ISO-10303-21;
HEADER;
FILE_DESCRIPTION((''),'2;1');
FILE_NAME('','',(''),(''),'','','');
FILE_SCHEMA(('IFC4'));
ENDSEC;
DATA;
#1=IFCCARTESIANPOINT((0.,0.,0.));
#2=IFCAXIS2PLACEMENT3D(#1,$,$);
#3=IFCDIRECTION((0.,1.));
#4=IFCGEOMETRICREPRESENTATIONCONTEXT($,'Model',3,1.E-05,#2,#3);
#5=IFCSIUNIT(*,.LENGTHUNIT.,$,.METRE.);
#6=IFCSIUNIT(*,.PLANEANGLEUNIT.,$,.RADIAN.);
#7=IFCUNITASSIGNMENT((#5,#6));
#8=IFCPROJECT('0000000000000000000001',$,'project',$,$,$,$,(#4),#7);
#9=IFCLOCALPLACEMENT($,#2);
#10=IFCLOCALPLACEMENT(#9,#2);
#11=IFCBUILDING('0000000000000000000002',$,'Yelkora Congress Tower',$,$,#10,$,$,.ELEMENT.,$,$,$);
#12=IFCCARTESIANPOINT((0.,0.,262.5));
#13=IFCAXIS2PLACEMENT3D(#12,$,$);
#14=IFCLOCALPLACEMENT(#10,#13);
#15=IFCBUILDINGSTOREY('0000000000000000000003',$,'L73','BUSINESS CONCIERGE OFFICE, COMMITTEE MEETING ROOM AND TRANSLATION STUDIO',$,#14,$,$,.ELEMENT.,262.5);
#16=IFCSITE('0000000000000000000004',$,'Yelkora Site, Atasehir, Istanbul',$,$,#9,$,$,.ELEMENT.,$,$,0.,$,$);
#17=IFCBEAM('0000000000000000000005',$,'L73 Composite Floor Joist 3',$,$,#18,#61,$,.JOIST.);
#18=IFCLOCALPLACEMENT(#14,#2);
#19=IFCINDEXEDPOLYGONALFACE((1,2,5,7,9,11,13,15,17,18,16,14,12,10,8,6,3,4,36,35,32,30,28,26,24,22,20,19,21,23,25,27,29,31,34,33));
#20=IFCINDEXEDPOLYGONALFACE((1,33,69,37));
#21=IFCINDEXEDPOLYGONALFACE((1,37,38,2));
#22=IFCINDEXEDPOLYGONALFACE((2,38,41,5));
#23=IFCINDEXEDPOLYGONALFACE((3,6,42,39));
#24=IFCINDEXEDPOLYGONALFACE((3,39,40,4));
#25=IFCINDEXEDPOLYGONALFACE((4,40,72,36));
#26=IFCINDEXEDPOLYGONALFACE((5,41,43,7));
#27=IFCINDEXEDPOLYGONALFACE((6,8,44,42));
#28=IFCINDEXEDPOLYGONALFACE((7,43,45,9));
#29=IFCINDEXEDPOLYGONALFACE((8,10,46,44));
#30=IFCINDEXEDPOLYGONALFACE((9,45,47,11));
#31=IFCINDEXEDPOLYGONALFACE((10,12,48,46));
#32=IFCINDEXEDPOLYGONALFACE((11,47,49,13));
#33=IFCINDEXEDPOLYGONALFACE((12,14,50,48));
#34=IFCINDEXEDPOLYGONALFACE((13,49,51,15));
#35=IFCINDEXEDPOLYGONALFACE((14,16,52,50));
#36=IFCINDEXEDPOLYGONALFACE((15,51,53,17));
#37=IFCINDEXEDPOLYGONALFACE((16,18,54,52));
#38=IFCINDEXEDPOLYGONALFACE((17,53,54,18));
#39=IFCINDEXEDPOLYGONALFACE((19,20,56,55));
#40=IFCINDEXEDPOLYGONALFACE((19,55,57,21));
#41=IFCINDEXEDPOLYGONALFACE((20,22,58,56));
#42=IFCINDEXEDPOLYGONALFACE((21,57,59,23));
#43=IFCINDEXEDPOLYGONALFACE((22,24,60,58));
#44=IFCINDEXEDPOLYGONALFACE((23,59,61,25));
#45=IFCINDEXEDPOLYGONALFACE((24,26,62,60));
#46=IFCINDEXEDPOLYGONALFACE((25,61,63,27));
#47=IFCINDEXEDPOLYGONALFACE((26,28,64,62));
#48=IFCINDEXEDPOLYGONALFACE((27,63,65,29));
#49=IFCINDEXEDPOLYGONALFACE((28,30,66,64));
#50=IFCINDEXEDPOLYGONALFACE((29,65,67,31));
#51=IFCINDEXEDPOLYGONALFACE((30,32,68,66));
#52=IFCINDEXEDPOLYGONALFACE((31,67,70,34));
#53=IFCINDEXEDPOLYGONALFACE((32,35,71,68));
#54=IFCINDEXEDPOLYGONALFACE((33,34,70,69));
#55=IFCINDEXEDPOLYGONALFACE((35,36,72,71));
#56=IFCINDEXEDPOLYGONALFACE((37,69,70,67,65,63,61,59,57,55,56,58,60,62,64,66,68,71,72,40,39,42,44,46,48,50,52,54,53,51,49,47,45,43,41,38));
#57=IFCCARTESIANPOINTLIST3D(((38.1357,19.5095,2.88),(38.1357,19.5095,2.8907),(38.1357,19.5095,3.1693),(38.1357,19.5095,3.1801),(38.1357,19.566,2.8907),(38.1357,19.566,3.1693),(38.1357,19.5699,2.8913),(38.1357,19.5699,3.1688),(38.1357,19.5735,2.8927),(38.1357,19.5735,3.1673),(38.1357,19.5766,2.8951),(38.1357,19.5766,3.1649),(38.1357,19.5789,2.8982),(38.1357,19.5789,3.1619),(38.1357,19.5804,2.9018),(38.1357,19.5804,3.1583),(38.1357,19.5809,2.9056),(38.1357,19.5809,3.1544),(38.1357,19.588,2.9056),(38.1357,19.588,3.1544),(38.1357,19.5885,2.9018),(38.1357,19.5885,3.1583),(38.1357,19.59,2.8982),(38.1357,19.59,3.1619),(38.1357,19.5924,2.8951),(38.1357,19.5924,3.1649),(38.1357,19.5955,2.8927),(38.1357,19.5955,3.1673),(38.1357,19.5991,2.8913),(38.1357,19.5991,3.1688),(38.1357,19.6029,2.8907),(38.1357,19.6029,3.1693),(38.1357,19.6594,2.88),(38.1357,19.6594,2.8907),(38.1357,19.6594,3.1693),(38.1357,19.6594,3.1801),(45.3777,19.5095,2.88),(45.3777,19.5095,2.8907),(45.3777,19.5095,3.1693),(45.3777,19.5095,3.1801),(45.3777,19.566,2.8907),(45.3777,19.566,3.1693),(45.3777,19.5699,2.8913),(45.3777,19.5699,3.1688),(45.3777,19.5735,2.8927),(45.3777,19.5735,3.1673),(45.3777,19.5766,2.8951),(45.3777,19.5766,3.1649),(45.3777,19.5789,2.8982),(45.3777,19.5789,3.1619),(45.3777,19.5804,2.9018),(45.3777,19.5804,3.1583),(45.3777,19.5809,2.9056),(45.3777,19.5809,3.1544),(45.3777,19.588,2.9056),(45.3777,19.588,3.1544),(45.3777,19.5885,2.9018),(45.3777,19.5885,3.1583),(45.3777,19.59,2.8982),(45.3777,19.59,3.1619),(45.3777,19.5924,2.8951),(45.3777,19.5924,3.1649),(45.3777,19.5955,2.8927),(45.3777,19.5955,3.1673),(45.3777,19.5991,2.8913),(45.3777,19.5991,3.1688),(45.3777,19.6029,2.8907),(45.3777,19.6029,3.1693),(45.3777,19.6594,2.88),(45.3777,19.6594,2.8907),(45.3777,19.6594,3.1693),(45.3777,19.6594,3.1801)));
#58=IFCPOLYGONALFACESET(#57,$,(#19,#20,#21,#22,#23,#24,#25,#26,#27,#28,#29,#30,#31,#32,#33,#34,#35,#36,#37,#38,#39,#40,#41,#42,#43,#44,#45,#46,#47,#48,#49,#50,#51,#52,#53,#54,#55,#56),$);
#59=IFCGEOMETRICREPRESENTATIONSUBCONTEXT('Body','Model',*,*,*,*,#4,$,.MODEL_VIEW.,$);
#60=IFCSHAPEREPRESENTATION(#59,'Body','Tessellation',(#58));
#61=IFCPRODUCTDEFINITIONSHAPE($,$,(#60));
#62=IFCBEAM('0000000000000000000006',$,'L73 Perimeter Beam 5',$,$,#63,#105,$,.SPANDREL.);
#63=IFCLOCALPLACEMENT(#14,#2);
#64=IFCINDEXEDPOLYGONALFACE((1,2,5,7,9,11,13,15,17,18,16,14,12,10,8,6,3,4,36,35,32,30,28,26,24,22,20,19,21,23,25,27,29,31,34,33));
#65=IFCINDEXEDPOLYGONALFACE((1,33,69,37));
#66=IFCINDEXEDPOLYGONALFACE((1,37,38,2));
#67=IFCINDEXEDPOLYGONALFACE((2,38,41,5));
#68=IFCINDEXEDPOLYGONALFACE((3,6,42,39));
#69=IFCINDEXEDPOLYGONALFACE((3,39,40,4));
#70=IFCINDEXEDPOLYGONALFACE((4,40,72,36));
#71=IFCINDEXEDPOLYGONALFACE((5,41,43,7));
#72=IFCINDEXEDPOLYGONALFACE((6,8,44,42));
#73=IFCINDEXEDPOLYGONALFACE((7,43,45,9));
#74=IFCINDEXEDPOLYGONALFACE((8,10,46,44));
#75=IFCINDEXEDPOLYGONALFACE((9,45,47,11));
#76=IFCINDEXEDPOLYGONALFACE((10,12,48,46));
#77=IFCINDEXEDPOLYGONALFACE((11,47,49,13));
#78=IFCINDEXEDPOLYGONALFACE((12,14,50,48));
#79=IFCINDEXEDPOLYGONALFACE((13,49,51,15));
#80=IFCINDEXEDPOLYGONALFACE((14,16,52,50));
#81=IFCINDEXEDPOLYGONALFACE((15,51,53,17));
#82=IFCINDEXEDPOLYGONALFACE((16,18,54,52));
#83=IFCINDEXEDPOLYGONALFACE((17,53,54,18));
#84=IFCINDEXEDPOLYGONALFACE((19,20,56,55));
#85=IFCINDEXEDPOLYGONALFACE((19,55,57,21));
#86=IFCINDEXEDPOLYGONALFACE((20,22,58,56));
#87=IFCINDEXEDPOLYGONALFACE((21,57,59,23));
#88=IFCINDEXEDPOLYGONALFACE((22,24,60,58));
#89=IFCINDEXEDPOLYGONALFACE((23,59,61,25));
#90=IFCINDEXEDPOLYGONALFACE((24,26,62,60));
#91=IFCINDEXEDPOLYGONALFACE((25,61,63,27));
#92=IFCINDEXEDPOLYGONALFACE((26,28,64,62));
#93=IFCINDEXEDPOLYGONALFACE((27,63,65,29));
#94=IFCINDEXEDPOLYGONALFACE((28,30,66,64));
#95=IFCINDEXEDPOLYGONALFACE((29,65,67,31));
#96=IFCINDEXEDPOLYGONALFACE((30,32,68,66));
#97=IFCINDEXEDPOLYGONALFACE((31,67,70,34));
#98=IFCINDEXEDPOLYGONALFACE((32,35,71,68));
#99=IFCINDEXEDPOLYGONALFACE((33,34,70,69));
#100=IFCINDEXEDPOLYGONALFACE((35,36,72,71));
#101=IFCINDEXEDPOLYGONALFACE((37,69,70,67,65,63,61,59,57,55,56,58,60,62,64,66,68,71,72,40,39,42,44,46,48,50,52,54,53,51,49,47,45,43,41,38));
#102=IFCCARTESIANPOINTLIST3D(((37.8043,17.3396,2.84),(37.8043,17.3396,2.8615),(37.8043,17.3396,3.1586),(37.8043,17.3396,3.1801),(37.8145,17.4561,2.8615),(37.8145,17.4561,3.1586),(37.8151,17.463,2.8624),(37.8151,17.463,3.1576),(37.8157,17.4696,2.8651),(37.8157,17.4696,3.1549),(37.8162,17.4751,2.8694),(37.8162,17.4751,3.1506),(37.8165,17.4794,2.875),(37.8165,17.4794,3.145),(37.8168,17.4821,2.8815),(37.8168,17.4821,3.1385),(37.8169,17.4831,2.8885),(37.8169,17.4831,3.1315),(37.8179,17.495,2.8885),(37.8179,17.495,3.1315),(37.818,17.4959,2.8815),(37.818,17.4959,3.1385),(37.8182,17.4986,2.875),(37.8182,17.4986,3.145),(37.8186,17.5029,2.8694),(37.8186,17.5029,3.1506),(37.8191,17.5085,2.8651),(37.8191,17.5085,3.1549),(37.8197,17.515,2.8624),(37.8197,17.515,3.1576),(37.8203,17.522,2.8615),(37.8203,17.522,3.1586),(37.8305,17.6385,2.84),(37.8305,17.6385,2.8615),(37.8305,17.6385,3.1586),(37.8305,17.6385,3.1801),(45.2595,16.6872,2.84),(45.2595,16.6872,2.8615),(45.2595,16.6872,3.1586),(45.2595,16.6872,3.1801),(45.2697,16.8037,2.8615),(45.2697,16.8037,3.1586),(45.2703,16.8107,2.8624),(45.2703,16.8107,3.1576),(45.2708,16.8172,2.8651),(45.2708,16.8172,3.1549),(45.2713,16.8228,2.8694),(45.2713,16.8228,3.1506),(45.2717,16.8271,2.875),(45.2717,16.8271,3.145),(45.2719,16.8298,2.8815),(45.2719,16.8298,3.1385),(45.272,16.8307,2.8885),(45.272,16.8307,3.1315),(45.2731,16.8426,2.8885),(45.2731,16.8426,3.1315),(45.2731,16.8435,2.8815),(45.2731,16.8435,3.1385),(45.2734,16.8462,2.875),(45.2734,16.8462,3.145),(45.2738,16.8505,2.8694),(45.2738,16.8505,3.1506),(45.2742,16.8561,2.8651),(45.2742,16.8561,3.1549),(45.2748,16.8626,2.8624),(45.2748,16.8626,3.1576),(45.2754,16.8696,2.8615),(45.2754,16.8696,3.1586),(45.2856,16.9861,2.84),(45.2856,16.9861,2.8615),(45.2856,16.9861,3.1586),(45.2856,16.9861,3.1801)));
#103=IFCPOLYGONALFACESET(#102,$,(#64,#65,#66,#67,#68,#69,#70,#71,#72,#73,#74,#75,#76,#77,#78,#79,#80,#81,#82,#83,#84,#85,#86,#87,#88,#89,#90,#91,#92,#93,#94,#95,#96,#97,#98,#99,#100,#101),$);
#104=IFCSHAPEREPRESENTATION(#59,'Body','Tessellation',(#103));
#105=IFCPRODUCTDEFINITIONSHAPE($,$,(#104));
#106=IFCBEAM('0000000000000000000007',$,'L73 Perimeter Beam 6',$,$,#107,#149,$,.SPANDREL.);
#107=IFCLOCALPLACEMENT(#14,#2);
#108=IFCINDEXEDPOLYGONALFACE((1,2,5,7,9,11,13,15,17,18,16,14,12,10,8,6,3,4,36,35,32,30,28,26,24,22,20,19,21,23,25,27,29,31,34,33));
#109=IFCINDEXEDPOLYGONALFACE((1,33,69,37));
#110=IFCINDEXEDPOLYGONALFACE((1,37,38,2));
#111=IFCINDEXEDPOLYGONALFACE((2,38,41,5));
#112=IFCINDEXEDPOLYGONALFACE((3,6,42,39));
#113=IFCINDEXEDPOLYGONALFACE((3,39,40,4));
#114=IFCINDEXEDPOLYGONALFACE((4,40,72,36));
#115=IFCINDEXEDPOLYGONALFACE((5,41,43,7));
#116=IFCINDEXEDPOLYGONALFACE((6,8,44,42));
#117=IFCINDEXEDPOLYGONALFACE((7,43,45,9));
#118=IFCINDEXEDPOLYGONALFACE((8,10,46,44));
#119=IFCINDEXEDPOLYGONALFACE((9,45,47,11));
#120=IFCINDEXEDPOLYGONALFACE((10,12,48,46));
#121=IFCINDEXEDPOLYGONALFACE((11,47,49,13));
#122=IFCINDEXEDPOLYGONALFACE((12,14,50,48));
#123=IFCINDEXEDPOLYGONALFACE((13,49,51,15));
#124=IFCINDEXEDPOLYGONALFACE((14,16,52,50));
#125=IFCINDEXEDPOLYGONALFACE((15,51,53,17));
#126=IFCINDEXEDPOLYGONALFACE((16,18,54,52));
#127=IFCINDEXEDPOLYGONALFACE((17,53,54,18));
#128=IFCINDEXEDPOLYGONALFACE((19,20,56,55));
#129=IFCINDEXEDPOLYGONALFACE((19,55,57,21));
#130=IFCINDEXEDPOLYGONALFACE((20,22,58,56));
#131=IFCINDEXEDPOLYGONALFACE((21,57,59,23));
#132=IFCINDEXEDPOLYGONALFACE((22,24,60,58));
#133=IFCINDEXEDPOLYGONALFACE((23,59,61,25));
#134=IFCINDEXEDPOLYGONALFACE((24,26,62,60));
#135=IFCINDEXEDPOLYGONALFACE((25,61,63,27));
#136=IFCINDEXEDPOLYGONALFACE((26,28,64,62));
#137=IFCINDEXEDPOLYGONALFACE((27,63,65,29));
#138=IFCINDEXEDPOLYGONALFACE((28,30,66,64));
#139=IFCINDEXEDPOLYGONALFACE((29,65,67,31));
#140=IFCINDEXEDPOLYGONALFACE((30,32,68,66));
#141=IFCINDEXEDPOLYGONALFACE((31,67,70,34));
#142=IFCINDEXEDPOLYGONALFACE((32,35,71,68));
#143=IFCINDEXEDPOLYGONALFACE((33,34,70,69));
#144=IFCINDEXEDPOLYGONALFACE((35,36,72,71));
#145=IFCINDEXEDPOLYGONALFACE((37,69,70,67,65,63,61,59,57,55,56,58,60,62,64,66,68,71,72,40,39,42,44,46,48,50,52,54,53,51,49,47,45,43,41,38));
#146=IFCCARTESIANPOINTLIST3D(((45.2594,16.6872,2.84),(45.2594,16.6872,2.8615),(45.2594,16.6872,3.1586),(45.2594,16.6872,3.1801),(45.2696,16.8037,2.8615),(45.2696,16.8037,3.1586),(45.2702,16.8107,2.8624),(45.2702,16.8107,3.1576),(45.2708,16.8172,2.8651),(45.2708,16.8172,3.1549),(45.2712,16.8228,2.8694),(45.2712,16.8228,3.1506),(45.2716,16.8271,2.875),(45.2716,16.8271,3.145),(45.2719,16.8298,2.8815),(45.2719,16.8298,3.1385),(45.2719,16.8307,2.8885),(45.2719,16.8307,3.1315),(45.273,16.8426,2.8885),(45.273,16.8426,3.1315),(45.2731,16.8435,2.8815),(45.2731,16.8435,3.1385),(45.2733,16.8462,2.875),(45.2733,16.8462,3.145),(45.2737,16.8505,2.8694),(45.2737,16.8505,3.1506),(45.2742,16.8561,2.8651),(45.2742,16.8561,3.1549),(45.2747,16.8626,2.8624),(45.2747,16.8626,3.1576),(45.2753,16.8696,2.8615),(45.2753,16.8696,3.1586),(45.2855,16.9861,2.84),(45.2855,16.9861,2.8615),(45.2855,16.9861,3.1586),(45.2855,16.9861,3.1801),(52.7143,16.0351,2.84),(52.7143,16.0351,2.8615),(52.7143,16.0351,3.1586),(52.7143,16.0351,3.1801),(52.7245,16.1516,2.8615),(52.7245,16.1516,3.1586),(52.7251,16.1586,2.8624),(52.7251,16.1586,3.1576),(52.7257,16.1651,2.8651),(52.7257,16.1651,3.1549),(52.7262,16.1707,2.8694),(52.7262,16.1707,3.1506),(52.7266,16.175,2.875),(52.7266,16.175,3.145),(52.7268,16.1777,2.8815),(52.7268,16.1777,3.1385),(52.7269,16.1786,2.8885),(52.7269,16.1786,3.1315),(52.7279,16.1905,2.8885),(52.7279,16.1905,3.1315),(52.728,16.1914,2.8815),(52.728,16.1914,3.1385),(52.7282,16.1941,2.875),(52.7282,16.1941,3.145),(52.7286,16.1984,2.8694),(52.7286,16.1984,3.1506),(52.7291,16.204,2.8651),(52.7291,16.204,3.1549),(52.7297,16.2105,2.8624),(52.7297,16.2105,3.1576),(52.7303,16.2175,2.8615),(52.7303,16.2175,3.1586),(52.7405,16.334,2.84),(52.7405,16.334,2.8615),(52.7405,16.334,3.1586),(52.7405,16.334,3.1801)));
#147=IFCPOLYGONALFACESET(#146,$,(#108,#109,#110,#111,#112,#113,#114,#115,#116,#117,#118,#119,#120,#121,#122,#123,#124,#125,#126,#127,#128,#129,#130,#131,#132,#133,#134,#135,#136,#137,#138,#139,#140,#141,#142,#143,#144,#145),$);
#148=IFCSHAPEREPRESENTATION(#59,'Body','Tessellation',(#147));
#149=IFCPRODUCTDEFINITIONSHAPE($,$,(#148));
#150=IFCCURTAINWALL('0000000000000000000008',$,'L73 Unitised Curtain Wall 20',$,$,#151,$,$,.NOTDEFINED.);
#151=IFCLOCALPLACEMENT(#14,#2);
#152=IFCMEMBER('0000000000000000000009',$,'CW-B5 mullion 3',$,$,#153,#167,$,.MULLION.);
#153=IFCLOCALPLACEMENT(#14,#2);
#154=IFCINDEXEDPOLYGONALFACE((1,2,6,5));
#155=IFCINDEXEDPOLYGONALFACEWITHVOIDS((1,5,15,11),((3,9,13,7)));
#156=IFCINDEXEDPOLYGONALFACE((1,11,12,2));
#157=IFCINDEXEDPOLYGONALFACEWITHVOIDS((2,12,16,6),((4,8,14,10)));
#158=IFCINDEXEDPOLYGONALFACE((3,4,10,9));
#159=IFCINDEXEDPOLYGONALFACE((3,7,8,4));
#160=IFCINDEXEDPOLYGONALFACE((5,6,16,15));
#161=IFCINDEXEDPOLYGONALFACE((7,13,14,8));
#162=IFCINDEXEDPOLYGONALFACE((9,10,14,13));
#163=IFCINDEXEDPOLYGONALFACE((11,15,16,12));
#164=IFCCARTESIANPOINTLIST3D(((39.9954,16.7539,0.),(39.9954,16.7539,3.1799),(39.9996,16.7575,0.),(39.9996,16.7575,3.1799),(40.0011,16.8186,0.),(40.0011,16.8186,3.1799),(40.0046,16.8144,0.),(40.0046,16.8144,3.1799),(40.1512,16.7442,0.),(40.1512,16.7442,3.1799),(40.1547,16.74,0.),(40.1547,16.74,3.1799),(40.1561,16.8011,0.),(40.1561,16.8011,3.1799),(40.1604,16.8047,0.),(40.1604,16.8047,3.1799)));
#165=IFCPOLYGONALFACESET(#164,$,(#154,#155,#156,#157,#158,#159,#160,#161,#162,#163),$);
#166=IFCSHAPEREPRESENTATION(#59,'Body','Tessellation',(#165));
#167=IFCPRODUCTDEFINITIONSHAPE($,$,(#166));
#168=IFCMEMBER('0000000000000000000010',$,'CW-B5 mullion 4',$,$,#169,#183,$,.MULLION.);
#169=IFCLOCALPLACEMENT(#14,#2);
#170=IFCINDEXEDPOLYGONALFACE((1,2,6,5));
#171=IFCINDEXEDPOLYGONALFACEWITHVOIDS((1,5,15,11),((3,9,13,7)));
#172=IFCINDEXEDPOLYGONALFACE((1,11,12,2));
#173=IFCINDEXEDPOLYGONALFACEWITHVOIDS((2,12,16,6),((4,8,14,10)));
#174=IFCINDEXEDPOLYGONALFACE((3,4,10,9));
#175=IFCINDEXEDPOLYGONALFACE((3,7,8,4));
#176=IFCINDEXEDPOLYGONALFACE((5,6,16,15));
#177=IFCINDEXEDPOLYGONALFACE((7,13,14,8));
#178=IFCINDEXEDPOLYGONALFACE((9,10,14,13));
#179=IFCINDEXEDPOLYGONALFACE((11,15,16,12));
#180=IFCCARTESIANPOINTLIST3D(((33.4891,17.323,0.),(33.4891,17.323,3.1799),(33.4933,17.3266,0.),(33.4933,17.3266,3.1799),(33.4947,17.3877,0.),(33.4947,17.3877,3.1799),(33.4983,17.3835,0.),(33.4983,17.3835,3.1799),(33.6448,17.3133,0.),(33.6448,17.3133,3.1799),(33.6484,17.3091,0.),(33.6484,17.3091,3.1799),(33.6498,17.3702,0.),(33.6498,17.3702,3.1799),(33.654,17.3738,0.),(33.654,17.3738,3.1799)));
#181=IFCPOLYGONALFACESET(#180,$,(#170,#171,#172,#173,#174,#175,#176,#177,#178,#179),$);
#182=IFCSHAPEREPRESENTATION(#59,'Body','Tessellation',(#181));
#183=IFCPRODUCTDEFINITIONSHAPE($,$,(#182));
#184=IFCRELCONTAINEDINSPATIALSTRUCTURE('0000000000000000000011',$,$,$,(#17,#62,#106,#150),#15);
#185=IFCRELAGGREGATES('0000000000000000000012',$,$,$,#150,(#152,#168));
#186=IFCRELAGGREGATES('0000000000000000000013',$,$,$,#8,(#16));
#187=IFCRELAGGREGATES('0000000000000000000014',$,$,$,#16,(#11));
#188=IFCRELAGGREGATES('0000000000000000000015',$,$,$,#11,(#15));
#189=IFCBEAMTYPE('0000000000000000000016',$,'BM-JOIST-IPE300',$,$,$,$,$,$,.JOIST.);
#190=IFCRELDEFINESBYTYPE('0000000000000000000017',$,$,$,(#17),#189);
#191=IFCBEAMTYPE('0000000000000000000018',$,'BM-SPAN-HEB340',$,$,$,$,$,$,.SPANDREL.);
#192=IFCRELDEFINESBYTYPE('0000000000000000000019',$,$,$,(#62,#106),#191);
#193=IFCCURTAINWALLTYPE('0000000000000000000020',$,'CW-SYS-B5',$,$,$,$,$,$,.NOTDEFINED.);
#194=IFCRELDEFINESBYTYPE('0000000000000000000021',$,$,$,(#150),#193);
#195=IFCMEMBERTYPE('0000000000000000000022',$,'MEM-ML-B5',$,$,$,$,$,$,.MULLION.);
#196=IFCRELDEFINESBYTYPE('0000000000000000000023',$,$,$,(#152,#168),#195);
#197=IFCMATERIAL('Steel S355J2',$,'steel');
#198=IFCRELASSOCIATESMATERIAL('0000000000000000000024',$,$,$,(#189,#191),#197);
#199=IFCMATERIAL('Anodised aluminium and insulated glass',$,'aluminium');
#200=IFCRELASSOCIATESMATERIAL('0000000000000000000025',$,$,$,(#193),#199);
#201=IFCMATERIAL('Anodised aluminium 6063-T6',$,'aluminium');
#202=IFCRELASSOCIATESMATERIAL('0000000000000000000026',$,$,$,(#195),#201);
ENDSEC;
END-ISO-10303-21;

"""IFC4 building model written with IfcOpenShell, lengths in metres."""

from ifc_helpers import new_model, si_unit, direction, frame, origin, origin_2d, place, context, subcontext, project, spatial, hollow_rectangle, i_section, extrude, material, material_profile, profile_set, type_object, element, aggregate, save


model = new_model("IFC4")

# Units and contexts
model_context = context("Model", 3, precision=1e-05, world=origin(), true_north=direction((0.0, 1.0)))
body_context = subcontext(model_context, "Body", "Model", "MODEL_VIEW")
ifc_project = project(units=[si_unit("LENGTHUNIT", "METRE"), si_unit("PLANEANGLEUNIT", "RADIAN")], contexts=[model_context])

# Site, building, storey
site_placement = place(None, origin())
site = spatial("IfcSite", under=ifc_project, at=site_placement, Name="Yelkora Site, Atasehir, Istanbul", CompositionType="ELEMENT", RefElevation=0.0)
building_placement = place(site_placement, origin())
building = spatial("IfcBuilding", under=site, at=building_placement, Name="Yelkora Congress Tower", CompositionType="ELEMENT")
storey_placement = place(building_placement, frame((0.0, 0.0, 262.5)))
storey = spatial("IfcBuildingStorey", under=building, at=storey_placement, Name="L73", Description="BUSINESS CONCIERGE OFFICE, COMMITTEE MEETING ROOM AND TRANSLATION STUDIO", CompositionType="ELEMENT", Elevation=262.5)

# Shared definitions
ifc_material_1 = material(Name="Steel S355J2", Category="steel")

# Beams
ifc_material_profile_1 = material_profile(ifc_material_1, i_section(OverallWidth=0.1499, OverallDepth=0.3, WebThickness=0.0071, FlangeThickness=0.0107, FilletRadius=0.0149, at=origin_2d()), Name="IPE 300")
ifc_profile_set_1 = profile_set([ifc_material_profile_1], Name="Steel S355J2")
beam_type_1 = type_object("IfcBeamType", Name="BM-JOIST-IPE300", PredefinedType="JOIST", material=ifc_profile_set_1)
beam_1_placement = place(storey_placement, frame((38.1357, 19.5845, 3.03), z_axis=(1.0, 0.0, 0.0), x_axis=(0.0, 1.0, 0.0)))
element("IfcBeam", 1, at=beam_1_placement, inside=storey, type_object=beam_type_1, Name="L73 Composite Floor Joist 3", PredefinedType="JOIST", context=body_context, shape_type="SweptSolid", body=[
    extrude(i_section(OverallWidth=0.1499, OverallDepth=0.3, WebThickness=0.0071, FlangeThickness=0.0107, FilletRadius=0.0149, at=origin_2d()), origin(), (0.0, 0.0, 1.0), 7.2419),
])
ifc_material_profile_2 = material_profile(ifc_material_1, i_section(OverallWidth=0.3, OverallDepth=0.3401, WebThickness=0.012, FlangeThickness=0.0215, FilletRadius=0.0271, at=origin_2d()), Name="HEB 340")
ifc_profile_set_2 = profile_set([ifc_material_profile_2], Name="Steel S355J2")
beam_type_2 = type_object("IfcBeamType", Name="BM-SPAN-HEB340", PredefinedType="SPANDREL", material=ifc_profile_set_2)
beam_2_placement = place(storey_placement, frame((37.8174, 17.489, 3.01), z_axis=(0.996193, -0.08717, 0.0), x_axis=(0.08717, 0.996193, 0.0)))
element("IfcBeam", 2, at=beam_2_placement, inside=storey, type_object=beam_type_2, Name="L73 Perimeter Beam 5", PredefinedType="SPANDREL", context=body_context, shape_type="SweptSolid", body=[
    extrude(i_section(OverallWidth=0.3, OverallDepth=0.3401, WebThickness=0.012, FlangeThickness=0.0215, FilletRadius=0.0271, at=origin_2d()), origin(), (0.0, 0.0, 1.0), 7.4836),
])
beam_3_placement = place(storey_placement, frame((45.2725, 16.8367, 3.01), z_axis=(0.996196, -0.087141, 0.0), x_axis=(0.087141, 0.996196, 0.0)))
element("IfcBeam", 3, at=beam_3_placement, inside=storey, type_object=beam_type_2, Name="L73 Perimeter Beam 6", PredefinedType="SPANDREL", context=body_context, shape_type="SweptSolid", body=[
    extrude(i_section(OverallWidth=0.3, OverallDepth=0.3401, WebThickness=0.012, FlangeThickness=0.0215, FilletRadius=0.0271, at=origin_2d()), origin(), (0.0, 0.0, 1.0), 7.4834),
])

# Curtain wall, members
ifc_material_2 = material(Name="Anodised aluminium and insulated glass", Category="aluminium")
curtain_wall_type = type_object("IfcCurtainWallType", Name="CW-SYS-B5", PredefinedType="NOTDEFINED", material=ifc_material_2)
curtain_wall_placement = place(storey_placement, origin())
curtain_wall = element("IfcCurtainWall", 4, at=curtain_wall_placement, inside=storey, type_object=curtain_wall_type, Name="L73 Unitised Curtain Wall 20", PredefinedType="NOTDEFINED")
ifc_material_3 = material(Name="Anodised aluminium 6063-T6", Category="aluminium")
ifc_material_profile_3 = material_profile(ifc_material_3, hollow_rectangle(XDim=0.0649, YDim=0.1599, WallThickness=0.0039, at=origin_2d()), Name="ALU 65x160x4")
ifc_profile_set_3 = profile_set([ifc_material_profile_3], Name="Anodised aluminium 6063-T6")
member_type_1 = type_object("IfcMemberType", Name="MEM-ML-B5", PredefinedType="MULLION", material=ifc_profile_set_3)
member_1_placement = place(storey_placement, frame((40.0779, 16.7793, 0.0), z_axis=(0.0, 0.0, 1.0), x_axis=(-0.087157, -0.996195, 0.0)))
member_1 = element("IfcMember", 5, at=member_1_placement, type_object=member_type_1, Name="CW-B5 mullion 3", PredefinedType="MULLION", context=body_context, shape_type="SweptSolid", body=[
    extrude(hollow_rectangle(XDim=0.0649, YDim=0.1599, WallThickness=0.0039, at=origin_2d()), origin(), (0.0, 0.0, 1.0), 3.1799),
])
member_2_placement = place(storey_placement, frame((33.5715, 17.3484, 0.0), z_axis=(0.0, 0.0, 1.0), x_axis=(-0.087157, -0.996195, 0.0)))
member_2 = element("IfcMember", 6, at=member_2_placement, type_object=member_type_1, Name="CW-B5 mullion 4", PredefinedType="MULLION", context=body_context, shape_type="SweptSolid", body=[
    extrude(hollow_rectangle(XDim=0.0649, YDim=0.1599, WallThickness=0.0039, at=origin_2d()), origin(), (0.0, 0.0, 1.0), 3.1799),
])
aggregate(curtain_wall, [member_1, member_2])

save(model, "model.ifc")
